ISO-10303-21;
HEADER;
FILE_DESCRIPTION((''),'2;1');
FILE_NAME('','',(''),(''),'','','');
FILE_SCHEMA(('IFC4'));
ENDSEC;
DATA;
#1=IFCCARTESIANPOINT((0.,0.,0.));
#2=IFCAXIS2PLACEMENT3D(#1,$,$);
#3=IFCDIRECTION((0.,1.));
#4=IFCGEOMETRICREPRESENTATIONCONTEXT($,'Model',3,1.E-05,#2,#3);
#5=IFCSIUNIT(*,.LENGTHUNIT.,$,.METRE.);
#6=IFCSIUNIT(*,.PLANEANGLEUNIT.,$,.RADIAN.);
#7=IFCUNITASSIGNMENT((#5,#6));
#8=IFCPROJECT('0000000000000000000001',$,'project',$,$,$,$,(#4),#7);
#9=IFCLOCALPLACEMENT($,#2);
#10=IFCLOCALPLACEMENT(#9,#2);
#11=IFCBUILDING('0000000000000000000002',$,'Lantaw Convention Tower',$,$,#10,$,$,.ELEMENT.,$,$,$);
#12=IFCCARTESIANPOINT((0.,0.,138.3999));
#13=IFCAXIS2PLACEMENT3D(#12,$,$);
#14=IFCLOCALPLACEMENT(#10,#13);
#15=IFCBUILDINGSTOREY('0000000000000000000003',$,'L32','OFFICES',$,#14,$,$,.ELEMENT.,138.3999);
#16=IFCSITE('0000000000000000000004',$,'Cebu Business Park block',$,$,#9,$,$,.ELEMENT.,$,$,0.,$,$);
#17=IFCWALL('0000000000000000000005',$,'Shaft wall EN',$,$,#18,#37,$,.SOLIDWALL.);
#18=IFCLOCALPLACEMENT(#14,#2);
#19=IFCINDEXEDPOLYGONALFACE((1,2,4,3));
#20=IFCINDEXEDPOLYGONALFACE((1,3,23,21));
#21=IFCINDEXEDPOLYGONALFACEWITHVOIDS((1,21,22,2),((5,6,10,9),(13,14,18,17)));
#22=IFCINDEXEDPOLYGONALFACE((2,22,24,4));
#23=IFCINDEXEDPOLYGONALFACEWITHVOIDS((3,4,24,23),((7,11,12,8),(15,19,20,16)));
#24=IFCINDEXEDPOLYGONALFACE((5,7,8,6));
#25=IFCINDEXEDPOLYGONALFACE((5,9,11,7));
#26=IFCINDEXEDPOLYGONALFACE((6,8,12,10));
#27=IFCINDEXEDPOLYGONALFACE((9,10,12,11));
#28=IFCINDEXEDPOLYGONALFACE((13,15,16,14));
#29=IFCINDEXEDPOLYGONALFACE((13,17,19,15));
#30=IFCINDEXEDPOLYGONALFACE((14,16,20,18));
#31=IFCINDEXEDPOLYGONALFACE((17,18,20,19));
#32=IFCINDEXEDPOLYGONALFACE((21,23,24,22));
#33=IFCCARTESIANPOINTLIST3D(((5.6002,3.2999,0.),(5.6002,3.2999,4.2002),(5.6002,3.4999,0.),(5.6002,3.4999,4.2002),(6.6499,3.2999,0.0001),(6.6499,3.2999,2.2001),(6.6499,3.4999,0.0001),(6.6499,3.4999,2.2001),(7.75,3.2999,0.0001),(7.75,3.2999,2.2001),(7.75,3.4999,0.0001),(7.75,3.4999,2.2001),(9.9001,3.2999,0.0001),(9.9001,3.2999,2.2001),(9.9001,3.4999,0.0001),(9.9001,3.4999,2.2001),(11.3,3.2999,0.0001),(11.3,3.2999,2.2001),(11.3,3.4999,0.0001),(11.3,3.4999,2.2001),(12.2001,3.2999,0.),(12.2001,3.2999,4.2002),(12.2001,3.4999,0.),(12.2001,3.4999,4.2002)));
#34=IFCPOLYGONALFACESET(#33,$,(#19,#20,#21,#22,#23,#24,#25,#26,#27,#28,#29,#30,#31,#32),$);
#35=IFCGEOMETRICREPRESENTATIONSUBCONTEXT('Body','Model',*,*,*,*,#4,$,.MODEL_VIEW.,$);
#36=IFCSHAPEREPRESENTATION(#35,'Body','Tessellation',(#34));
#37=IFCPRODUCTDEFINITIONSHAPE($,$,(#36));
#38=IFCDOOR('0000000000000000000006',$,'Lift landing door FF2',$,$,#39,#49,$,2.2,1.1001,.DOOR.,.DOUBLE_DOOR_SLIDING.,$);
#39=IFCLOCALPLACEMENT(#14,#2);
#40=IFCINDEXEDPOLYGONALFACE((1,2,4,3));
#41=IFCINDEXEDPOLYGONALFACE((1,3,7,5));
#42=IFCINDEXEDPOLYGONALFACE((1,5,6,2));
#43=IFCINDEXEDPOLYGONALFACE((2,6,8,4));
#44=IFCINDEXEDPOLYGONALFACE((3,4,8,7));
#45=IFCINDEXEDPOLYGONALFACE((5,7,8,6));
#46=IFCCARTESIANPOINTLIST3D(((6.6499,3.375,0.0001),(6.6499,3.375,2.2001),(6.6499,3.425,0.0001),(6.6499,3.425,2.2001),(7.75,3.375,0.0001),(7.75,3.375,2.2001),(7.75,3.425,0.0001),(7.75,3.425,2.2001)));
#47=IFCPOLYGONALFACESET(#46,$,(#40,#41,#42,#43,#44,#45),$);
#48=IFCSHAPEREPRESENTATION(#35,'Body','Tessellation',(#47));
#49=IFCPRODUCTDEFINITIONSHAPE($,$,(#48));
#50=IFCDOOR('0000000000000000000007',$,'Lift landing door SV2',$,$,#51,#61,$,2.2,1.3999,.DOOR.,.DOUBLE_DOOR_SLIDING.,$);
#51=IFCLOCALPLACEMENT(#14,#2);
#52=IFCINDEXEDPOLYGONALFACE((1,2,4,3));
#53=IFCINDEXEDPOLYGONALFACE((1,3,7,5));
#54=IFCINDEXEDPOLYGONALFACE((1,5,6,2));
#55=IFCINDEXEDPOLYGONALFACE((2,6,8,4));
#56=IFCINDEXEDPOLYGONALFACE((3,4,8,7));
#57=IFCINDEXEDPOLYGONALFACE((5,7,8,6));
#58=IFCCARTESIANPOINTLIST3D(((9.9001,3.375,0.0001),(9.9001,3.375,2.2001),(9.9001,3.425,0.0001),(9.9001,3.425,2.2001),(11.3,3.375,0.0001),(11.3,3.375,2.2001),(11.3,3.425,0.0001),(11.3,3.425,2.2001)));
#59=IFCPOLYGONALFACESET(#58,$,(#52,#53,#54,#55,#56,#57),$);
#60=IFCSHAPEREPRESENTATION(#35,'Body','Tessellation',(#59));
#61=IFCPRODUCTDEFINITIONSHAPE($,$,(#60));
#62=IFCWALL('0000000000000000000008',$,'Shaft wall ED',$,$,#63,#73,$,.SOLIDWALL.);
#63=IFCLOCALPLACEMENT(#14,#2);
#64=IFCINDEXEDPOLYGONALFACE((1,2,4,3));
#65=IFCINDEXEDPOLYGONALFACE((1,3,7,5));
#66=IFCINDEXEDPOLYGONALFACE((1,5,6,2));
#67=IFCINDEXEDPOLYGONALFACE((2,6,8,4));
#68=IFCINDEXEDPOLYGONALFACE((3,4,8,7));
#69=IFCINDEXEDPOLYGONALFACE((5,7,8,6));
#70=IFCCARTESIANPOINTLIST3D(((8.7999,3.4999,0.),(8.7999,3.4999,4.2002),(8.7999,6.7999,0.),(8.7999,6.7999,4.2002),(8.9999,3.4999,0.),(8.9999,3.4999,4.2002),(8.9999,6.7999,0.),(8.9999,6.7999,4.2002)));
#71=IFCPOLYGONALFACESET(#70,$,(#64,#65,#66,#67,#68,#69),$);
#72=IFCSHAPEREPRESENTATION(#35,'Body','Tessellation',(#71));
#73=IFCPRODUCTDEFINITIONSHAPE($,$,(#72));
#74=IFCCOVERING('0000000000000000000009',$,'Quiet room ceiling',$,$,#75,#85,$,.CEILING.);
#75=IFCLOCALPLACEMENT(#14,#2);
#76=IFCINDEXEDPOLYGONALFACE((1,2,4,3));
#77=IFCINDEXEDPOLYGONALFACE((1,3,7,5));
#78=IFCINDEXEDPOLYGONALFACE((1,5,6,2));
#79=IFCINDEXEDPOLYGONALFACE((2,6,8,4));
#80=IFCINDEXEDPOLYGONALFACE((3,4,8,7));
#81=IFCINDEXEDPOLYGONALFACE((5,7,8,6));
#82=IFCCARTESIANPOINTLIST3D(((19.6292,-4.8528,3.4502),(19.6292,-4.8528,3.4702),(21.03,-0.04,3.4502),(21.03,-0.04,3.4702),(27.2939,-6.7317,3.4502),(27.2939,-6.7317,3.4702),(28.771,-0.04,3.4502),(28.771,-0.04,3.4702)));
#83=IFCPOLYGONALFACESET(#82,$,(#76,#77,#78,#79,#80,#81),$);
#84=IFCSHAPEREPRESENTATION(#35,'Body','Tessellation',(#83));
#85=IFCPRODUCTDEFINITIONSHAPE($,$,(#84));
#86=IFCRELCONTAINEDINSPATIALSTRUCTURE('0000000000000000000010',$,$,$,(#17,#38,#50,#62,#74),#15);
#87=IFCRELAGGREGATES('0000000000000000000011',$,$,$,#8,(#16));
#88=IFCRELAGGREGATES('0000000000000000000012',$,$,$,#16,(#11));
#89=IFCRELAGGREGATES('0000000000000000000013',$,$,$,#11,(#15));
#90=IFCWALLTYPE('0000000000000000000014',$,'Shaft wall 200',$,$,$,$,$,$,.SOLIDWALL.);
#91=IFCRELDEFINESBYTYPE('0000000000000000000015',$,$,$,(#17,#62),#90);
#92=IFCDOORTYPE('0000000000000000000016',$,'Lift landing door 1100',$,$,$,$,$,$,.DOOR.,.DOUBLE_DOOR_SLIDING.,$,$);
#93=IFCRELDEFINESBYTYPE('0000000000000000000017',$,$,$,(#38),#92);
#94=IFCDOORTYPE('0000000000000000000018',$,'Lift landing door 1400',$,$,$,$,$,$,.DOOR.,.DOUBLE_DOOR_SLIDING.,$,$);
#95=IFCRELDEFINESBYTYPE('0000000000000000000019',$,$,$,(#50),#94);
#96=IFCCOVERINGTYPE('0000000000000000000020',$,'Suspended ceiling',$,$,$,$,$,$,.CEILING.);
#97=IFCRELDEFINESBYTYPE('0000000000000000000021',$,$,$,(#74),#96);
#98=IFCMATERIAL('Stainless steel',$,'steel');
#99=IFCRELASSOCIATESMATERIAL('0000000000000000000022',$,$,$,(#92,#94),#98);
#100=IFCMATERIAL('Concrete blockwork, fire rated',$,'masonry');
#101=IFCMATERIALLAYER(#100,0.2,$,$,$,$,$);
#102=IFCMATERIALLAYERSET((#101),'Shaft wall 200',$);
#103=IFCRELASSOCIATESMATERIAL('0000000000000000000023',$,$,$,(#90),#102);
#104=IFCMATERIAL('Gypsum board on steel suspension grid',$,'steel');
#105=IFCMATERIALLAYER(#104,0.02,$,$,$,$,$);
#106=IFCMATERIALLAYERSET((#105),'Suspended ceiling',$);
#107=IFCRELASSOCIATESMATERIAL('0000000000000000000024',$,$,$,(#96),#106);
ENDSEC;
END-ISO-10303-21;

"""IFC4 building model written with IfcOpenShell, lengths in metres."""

from ifc_helpers import new_model, si_unit, direction, frame, frame_2d, origin, place, context, subcontext, project, spatial, polyline, rectangle, outline, extrude, material, layer, layer_set, type_object, element, fill, save


model = new_model("IFC4")

# Units and contexts
model_context = context("Model", 3, precision=1e-05, world=origin(), true_north=direction((0.0, 1.0)))
body_context = subcontext(model_context, "Body", "Model", "MODEL_VIEW")
ifc_project = project(units=[si_unit("LENGTHUNIT", "METRE"), si_unit("PLANEANGLEUNIT", "RADIAN")], contexts=[model_context])

# Site, building, storey
site_placement = place(None, origin())
site = spatial("IfcSite", under=ifc_project, at=site_placement, Name="Cebu Business Park block", CompositionType="ELEMENT", RefElevation=0.0)
building_placement = place(site_placement, origin())
building = spatial("IfcBuilding", under=site, at=building_placement, Name="Lantaw Convention Tower", CompositionType="ELEMENT")
storey_placement = place(building_placement, frame((0.0, 0.0, 138.3999)))
storey = spatial("IfcBuildingStorey", under=building, at=storey_placement, Name="L32", Description="OFFICES", CompositionType="ELEMENT", Elevation=138.3999)

# Shared definitions
ifc_material_1 = material(Name="Stainless steel", Category="steel")
door_type_1 = type_object("IfcDoorType", Name="Lift landing door 1100", OperationType="DOUBLE_DOOR_SLIDING", PredefinedType="DOOR", material=ifc_material_1)

# Shared definitions
ifc_material_2 = material(Name="Concrete blockwork, fire rated", Category="masonry")
ifc_layer_1 = layer(ifc_material_2, 0.2)
ifc_layer_set_1 = layer_set([ifc_layer_1], Name="Shaft wall 200")
wall_type_1 = type_object("IfcWallType", Name="Shaft wall 200", PredefinedType="SOLIDWALL", material=ifc_layer_set_1)

# Wall, openings, doors
wall_1_placement = place(storey_placement, frame((12.2, 3.3999, 0.0), z_axis=(0.0, 0.0, 1.0), x_axis=(-1.0, 0.0, 0.0)))
wall_1 = element("IfcWall", 1, at=wall_1_placement, inside=storey, type_object=wall_type_1, Name="Shaft wall EN", PredefinedType="SOLIDWALL", context=body_context, shape_type="SweptSolid", body=[
    extrude(rectangle(XDim=6.5999, YDim=0.2, at=frame_2d((3.2998, 0.0))), origin(), (0.0, 0.0, 1.0), 4.2002),
])
opening_1_placement = place(wall_1_placement, frame((4.45, 0.0, 0.0)))
opening_1 = element("IfcOpeningElement", 2, at=opening_1_placement, cuts=wall_1, PredefinedType="OPENING", context=body_context, shape_type="SweptSolid", body=[
    extrude(rectangle(XDim=1.1001, YDim=2.2, at=frame_2d((0.55, 1.1001))), frame((0.0, 0.1099, 0.0), z_axis=(0.0, -1.0, 0.0), x_axis=(1.0, 0.0, 0.0)), (0.0, 0.0, 1.0), 0.22),
])
opening_2_placement = place(wall_1_placement, frame((0.8999, 0.0, 0.0)))
opening_2 = element("IfcOpeningElement", 3, at=opening_2_placement, cuts=wall_1, PredefinedType="OPENING", context=body_context, shape_type="SweptSolid", body=[
    extrude(rectangle(XDim=1.3999, YDim=2.2, at=frame_2d((0.7, 1.1001))), frame((0.0, 0.1099, 0.0), z_axis=(0.0, -1.0, 0.0), x_axis=(1.0, 0.0, 0.0)), (0.0, 0.0, 1.0), 0.22),
])
door_1_placement = place(opening_1_placement, origin())
door_1 = element("IfcDoor", 4, at=door_1_placement, inside=storey, type_object=door_type_1, Name="Lift landing door FF2", OperationType="DOUBLE_DOOR_SLIDING", OverallHeight=2.2, OverallWidth=1.1001, PredefinedType="DOOR", context=body_context, shape_type="SweptSolid", body=[
    extrude(rectangle(XDim=1.1001, YDim=2.2, at=frame_2d((0.55, 1.1001))), frame((0.0, 0.0249, 0.0), z_axis=(0.0, -1.0, 0.0), x_axis=(1.0, 0.0, 0.0)), (0.0, 0.0, 1.0), 0.05),
])
fill(opening_1, door_1)
door_type_2 = type_object("IfcDoorType", Name="Lift landing door 1400", OperationType="DOUBLE_DOOR_SLIDING", PredefinedType="DOOR", material=ifc_material_1)
door_2_placement = place(opening_2_placement, origin())
door_2 = element("IfcDoor", 5, at=door_2_placement, inside=storey, type_object=door_type_2, Name="Lift landing door SV2", OperationType="DOUBLE_DOOR_SLIDING", OverallHeight=2.2, OverallWidth=1.3999, PredefinedType="DOOR", context=body_context, shape_type="SweptSolid", body=[
    extrude(rectangle(XDim=1.3999, YDim=2.2, at=frame_2d((0.7, 1.1001))), frame((0.0, 0.0249, 0.0), z_axis=(0.0, -1.0, 0.0), x_axis=(1.0, 0.0, 0.0)), (0.0, 0.0, 1.0), 0.05),
])
fill(opening_2, door_2)

# Wall
wall_2_placement = place(storey_placement, frame((8.8999, 3.5, 0.0), z_axis=(0.0, 0.0, 1.0), x_axis=(0.0, 1.0, 0.0)))
element("IfcWall", 6, at=wall_2_placement, inside=storey, type_object=wall_type_1, Name="Shaft wall ED", PredefinedType="SOLIDWALL", context=body_context, shape_type="SweptSolid", body=[
    extrude(rectangle(XDim=3.3, YDim=0.2, at=frame_2d((1.6499, 0.0))), origin(), (0.0, 0.0, 1.0), 4.2002),
])

# Covering
ifc_material_3 = material(Name="Gypsum board on steel suspension grid", Category="steel")
ifc_layer_2 = layer(ifc_material_3, 0.02)
ifc_layer_set_2 = layer_set([ifc_layer_2], Name="Suspended ceiling")
covering_type = type_object("IfcCoveringType", Name="Suspended ceiling", PredefinedType="CEILING", material=ifc_layer_set_2)
covering_placement = place(storey_placement, frame((0.0, 0.0, 3.4502)))
element("IfcCovering", 7, at=covering_placement, inside=storey, type_object=covering_type, Name="Quiet room ceiling", PredefinedType="CEILING", context=body_context, shape_type="SweptSolid", body=[
    extrude(outline(polyline([(19.6292, -4.8528), (27.2939, -6.7317), (28.771, -0.04), (21.03, -0.04), (19.6292, -4.8528)])), origin(), (0.0, 0.0, 1.0), 0.02),
])

save(model, "model.ifc")
